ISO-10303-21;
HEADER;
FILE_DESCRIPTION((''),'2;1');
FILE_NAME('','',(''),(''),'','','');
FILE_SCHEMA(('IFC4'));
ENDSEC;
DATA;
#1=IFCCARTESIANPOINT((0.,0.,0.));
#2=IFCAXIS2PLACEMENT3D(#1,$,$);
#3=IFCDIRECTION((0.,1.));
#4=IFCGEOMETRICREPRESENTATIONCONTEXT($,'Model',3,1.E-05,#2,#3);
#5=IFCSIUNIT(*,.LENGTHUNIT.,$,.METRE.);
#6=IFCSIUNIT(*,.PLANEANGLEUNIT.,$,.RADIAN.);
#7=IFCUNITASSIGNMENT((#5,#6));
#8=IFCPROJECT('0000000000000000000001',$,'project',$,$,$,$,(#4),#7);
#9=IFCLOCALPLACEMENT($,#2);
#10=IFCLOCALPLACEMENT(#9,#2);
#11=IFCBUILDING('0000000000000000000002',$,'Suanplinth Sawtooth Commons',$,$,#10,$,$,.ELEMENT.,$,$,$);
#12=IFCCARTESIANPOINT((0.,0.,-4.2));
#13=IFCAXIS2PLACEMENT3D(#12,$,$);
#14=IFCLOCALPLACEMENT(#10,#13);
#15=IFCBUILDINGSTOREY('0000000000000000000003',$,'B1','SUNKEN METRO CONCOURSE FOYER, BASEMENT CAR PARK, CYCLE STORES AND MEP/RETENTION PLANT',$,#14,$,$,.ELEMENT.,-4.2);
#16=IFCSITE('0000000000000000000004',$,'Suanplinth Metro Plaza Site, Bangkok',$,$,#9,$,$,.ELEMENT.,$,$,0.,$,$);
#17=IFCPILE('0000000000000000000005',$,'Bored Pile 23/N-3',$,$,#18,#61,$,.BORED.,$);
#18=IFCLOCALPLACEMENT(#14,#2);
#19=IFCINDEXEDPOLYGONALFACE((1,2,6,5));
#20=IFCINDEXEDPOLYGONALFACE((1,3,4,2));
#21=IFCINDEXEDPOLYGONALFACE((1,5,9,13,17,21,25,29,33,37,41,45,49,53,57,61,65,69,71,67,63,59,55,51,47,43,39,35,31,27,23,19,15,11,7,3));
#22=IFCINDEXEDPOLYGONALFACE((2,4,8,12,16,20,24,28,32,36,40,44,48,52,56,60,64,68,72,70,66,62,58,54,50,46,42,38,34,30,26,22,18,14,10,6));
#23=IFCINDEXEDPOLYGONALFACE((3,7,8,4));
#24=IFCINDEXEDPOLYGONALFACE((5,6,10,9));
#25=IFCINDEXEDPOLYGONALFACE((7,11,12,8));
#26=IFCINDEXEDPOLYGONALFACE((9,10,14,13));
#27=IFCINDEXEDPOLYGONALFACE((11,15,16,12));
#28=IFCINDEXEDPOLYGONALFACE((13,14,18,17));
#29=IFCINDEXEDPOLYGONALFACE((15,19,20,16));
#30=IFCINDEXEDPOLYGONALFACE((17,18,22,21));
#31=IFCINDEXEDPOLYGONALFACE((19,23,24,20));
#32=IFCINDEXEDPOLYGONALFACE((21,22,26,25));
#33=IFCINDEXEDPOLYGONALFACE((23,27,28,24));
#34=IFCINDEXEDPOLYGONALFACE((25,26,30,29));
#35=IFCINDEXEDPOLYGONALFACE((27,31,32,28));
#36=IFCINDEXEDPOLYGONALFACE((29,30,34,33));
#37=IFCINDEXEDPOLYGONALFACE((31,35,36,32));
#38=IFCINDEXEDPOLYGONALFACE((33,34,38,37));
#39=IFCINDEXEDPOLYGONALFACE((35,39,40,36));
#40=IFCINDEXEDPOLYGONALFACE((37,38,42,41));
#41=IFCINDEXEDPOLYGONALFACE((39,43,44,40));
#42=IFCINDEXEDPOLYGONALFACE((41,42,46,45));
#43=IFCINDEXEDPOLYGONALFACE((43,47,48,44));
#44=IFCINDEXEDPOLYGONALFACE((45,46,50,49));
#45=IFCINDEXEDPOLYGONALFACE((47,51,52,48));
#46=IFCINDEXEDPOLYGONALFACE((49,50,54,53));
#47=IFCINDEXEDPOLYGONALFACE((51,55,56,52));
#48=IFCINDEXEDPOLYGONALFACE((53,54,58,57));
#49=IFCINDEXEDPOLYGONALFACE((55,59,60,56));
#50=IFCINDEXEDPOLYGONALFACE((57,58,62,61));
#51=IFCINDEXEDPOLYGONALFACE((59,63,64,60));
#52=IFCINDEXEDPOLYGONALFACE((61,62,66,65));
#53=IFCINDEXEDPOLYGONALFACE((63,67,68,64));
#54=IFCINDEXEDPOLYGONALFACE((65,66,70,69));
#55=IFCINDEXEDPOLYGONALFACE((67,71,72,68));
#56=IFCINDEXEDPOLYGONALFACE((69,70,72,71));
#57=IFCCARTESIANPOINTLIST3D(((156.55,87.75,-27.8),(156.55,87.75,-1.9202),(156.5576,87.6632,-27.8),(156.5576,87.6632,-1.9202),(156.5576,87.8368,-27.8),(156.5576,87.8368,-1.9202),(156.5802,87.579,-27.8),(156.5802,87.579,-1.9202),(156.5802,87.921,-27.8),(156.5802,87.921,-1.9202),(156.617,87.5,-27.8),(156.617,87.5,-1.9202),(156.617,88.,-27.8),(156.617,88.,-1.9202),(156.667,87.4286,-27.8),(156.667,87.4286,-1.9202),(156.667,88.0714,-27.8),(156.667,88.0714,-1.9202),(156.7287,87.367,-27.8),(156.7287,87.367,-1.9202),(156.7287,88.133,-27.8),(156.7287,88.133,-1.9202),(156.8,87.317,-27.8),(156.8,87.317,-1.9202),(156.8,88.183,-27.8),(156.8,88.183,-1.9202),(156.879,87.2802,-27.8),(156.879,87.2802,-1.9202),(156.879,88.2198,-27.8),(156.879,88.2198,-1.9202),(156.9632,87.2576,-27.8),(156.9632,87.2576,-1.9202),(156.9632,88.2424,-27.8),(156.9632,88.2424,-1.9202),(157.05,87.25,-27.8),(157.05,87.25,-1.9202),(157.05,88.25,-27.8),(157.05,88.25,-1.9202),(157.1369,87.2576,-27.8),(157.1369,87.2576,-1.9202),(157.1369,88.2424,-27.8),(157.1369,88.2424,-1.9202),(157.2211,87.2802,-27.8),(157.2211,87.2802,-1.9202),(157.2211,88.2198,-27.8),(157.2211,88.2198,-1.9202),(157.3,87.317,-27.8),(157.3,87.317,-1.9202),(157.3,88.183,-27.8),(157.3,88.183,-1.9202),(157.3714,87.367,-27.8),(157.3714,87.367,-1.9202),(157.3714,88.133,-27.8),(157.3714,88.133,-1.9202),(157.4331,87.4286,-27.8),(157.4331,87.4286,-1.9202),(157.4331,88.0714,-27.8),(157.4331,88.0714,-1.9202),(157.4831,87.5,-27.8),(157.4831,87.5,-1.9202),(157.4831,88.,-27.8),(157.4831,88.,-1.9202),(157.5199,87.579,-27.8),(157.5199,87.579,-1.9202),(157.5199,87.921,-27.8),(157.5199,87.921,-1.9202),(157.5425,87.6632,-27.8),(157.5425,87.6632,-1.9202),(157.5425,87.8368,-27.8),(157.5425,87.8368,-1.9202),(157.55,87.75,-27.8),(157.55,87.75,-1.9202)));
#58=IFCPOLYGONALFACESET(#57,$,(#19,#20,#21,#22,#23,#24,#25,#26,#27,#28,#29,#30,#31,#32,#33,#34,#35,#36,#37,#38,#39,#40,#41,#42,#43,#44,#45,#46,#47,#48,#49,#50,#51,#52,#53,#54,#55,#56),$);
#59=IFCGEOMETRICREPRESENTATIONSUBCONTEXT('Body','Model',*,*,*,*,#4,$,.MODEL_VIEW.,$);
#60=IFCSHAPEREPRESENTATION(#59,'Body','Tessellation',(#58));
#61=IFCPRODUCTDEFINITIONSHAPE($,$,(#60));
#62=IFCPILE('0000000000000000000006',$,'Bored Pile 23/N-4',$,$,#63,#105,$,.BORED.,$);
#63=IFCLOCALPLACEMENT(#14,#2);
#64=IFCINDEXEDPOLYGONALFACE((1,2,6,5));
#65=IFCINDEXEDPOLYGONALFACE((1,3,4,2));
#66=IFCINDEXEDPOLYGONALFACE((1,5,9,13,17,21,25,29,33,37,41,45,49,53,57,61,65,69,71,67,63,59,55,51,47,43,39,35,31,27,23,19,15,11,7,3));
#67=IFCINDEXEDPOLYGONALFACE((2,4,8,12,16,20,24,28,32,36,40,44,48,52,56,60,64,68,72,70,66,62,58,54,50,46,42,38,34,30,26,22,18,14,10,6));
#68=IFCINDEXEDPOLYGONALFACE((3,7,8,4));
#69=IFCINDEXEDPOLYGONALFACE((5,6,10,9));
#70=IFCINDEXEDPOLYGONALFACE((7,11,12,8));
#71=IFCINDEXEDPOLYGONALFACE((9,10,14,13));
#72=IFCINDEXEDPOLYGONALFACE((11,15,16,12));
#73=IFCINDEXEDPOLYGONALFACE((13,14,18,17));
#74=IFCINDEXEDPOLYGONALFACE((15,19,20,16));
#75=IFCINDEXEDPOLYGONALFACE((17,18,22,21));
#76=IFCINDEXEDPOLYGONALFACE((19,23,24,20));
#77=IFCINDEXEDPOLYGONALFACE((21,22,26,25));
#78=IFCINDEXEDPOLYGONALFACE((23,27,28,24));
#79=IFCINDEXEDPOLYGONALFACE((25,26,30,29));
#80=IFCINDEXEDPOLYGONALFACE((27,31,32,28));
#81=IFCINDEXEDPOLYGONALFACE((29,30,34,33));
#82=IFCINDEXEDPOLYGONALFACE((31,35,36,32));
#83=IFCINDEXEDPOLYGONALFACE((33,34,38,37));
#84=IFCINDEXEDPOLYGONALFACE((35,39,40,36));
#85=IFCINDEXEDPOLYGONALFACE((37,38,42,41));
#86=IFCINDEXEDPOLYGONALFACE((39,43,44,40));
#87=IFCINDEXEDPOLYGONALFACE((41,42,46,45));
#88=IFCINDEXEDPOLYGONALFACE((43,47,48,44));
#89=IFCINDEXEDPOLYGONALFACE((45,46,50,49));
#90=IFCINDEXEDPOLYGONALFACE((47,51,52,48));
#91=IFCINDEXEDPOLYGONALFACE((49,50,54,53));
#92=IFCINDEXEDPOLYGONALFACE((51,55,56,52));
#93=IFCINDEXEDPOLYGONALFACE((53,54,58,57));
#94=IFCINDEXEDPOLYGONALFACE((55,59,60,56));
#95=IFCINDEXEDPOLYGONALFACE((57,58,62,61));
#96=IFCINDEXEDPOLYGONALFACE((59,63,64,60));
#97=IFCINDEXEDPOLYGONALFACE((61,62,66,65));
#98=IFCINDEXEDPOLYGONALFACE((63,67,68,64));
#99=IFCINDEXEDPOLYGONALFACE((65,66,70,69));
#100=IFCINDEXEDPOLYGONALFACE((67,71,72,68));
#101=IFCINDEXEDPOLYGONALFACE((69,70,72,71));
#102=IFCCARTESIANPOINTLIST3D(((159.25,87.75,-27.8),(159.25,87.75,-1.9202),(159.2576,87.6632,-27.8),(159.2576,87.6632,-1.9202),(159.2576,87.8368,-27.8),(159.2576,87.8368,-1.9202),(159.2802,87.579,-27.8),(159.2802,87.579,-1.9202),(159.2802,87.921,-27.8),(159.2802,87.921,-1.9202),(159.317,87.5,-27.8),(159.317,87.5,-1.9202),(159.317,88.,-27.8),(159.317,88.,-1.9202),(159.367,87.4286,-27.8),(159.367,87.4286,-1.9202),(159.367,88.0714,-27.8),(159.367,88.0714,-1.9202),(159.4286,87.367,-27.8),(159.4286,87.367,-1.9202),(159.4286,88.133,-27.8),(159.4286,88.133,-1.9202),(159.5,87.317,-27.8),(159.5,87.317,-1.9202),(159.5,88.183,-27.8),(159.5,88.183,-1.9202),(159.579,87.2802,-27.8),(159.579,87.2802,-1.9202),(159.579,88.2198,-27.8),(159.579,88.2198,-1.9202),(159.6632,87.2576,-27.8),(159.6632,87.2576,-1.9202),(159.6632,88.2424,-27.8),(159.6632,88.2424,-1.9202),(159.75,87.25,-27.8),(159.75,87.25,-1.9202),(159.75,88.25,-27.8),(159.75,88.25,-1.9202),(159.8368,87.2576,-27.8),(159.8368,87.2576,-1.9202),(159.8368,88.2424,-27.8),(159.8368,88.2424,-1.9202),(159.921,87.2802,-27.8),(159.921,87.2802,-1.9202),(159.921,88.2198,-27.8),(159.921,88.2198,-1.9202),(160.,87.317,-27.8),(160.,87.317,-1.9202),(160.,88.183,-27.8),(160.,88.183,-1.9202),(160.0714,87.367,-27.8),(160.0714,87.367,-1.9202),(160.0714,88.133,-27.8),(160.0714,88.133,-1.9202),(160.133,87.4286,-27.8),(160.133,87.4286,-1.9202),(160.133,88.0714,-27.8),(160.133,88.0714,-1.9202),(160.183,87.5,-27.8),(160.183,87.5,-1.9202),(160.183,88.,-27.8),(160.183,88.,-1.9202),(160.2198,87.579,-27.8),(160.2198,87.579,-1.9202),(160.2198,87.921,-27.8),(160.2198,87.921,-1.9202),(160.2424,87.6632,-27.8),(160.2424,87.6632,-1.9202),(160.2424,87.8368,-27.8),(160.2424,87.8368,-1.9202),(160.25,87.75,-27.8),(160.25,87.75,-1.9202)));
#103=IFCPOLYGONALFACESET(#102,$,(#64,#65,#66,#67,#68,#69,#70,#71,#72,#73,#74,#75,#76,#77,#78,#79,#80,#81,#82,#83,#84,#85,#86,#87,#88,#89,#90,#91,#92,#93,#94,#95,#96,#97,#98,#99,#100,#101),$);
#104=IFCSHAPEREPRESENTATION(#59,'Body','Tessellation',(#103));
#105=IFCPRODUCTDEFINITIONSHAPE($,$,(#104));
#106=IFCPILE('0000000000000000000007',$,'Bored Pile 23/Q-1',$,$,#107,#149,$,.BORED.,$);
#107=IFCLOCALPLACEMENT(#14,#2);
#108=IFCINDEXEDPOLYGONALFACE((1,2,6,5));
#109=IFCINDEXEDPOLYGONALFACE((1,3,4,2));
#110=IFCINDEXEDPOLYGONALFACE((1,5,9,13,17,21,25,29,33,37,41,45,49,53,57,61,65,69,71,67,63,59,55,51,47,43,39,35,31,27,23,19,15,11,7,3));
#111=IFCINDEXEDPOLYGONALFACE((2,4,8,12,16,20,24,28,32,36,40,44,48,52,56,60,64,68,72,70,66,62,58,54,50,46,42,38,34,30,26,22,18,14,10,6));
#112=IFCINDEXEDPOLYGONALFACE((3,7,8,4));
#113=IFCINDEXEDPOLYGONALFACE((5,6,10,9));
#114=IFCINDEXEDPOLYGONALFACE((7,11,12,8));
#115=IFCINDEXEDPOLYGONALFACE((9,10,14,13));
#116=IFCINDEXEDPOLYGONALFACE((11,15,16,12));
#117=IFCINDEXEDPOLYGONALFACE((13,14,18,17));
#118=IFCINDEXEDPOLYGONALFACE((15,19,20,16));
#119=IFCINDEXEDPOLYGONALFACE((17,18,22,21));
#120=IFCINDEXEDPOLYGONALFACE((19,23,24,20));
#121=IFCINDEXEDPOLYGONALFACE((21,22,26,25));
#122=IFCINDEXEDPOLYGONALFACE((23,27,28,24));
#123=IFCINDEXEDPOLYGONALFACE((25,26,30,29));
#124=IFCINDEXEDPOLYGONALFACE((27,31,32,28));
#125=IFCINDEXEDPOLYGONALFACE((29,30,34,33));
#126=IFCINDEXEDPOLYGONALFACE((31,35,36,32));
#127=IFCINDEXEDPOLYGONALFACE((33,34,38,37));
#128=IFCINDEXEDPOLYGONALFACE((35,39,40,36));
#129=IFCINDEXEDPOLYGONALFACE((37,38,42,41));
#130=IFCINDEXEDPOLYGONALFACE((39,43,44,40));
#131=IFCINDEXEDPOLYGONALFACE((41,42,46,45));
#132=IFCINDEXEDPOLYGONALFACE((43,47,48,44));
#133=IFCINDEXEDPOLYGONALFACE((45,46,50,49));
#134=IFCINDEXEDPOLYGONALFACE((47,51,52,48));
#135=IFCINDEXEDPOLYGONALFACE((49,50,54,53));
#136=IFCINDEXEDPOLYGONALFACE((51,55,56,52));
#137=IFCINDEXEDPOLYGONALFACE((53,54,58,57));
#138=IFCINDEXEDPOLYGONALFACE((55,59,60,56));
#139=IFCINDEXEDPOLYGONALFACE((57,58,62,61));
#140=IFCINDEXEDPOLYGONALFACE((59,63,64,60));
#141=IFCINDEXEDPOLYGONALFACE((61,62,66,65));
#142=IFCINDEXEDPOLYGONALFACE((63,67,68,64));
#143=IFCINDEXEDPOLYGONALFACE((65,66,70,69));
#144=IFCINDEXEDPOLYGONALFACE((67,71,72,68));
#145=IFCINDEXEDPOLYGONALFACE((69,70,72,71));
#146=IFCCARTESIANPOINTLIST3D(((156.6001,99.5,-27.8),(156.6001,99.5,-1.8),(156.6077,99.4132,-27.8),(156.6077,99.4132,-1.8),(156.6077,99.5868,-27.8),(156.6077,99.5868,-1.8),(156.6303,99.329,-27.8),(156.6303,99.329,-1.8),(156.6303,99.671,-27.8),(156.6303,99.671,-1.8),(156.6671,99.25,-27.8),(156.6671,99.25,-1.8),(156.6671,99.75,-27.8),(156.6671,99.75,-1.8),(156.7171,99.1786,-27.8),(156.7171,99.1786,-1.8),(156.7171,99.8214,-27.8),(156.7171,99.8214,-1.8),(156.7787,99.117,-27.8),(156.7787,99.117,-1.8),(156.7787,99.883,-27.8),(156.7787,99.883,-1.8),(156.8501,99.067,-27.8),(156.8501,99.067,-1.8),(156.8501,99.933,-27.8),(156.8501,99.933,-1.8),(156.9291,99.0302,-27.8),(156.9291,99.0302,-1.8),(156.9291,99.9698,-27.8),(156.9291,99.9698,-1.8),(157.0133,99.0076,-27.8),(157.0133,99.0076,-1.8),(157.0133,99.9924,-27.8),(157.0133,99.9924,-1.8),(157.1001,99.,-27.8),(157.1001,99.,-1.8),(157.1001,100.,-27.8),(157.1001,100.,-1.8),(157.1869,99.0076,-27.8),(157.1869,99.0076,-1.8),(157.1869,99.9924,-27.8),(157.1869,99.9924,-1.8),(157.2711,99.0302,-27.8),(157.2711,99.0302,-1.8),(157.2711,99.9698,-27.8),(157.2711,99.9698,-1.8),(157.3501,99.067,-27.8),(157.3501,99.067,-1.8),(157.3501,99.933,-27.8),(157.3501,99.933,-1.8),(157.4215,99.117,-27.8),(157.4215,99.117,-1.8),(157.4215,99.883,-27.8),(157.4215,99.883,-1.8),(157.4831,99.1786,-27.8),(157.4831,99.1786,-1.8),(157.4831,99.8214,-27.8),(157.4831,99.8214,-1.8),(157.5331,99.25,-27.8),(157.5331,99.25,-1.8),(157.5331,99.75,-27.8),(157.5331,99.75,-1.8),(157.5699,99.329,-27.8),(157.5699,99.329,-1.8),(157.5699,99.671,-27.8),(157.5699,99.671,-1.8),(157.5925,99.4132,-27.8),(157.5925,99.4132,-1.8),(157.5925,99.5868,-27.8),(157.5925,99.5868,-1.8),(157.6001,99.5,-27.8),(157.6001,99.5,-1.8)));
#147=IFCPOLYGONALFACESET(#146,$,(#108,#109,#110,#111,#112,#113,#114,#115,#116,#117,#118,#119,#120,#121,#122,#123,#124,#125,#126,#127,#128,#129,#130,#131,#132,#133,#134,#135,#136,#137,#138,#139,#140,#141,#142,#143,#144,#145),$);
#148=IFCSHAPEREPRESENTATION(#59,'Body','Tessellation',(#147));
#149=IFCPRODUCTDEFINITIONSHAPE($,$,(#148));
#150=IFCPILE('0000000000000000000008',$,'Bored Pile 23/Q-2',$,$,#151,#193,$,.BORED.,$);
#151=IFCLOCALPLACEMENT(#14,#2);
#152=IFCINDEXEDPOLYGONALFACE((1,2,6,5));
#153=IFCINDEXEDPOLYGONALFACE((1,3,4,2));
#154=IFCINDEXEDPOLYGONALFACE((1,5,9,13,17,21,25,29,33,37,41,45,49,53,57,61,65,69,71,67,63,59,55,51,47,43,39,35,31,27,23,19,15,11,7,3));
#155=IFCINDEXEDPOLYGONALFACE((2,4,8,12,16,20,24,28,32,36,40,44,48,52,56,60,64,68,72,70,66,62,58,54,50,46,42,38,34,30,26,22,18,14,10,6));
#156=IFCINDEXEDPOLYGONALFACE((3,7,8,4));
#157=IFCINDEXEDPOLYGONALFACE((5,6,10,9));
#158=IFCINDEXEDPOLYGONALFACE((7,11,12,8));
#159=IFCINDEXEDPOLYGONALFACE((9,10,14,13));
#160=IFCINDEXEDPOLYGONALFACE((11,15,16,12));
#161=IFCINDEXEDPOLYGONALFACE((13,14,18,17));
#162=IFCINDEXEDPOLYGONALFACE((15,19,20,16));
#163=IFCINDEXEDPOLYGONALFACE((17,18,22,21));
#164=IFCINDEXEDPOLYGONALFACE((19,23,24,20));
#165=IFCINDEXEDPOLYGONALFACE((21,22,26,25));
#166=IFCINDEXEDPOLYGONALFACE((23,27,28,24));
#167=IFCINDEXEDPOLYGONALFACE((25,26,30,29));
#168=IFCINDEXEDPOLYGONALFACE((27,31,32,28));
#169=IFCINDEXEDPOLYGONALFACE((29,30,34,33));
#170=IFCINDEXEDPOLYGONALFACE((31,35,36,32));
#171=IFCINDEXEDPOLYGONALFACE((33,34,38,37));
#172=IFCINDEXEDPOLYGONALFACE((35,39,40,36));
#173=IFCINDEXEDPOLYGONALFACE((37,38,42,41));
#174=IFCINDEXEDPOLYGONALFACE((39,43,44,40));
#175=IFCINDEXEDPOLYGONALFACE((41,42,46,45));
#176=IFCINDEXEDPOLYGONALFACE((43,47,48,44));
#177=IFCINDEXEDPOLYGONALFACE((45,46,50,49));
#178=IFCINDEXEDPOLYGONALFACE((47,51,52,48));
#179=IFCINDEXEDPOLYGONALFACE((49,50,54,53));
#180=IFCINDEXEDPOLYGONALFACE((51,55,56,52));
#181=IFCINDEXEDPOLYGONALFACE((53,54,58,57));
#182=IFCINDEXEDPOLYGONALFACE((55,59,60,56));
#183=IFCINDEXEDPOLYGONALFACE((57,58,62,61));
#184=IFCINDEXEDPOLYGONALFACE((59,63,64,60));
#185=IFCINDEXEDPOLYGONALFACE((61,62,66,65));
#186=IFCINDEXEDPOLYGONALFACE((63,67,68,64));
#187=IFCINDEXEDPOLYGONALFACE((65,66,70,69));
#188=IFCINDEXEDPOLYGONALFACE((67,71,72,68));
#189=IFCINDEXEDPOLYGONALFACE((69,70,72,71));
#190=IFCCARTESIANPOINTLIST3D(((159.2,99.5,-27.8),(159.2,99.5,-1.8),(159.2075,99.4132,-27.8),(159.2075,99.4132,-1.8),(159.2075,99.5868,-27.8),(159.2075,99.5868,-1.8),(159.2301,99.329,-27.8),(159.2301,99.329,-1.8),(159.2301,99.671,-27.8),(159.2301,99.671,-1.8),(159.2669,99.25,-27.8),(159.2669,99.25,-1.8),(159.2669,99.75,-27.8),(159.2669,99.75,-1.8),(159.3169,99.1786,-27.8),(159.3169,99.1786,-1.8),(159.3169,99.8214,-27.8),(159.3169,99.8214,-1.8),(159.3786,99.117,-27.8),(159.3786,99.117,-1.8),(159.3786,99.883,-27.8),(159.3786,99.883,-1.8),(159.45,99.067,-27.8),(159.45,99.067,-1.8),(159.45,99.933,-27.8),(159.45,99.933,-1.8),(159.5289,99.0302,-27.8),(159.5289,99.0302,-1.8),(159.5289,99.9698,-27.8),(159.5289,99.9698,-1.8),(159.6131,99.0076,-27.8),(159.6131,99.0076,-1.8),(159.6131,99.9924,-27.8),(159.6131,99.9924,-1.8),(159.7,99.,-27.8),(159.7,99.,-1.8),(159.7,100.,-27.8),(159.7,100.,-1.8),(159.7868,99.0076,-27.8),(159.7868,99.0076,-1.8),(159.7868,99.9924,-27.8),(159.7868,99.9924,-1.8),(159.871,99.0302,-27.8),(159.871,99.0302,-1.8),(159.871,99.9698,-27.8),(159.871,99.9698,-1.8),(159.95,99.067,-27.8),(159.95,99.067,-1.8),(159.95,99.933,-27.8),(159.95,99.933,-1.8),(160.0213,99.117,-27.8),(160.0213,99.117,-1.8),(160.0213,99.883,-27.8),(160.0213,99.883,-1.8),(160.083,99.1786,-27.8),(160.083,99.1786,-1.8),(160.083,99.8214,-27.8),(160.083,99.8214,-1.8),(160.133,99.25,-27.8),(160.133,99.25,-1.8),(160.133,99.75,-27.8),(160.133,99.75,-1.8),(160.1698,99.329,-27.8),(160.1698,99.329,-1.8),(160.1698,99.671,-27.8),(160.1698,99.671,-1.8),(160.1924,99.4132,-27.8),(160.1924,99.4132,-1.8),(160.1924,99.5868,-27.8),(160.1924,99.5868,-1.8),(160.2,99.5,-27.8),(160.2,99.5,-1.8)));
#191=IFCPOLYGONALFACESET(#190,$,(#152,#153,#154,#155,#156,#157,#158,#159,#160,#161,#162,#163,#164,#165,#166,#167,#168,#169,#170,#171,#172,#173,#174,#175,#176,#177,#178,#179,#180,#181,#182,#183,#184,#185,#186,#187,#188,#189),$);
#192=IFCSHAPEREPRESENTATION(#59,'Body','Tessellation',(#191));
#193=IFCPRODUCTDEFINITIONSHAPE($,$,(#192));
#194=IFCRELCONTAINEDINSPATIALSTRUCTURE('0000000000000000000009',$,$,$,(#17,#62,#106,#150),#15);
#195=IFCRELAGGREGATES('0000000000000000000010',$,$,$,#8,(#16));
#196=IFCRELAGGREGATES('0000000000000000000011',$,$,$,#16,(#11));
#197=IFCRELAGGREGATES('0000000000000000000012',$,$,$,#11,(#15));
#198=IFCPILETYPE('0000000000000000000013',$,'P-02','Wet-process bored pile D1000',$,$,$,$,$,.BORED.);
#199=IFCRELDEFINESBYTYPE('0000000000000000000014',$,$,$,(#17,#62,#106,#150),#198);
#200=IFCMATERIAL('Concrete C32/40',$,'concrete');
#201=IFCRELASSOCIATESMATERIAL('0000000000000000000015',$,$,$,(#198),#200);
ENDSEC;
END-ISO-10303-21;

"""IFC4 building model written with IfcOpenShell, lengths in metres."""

from ifc_helpers import new_model, si_unit, direction, frame, origin, origin_2d, place, context, subcontext, project, spatial, circle, extrude, material, material_profile, profile_set, type_object, element, save


model = new_model("IFC4")

# Units and contexts
model_context = context("Model", 3, precision=1e-05, world=origin(), true_north=direction((0.0, 1.0)))
body_context = subcontext(model_context, "Body", "Model", "MODEL_VIEW")
ifc_project = project(units=[si_unit("LENGTHUNIT", "METRE"), si_unit("PLANEANGLEUNIT", "RADIAN")], contexts=[model_context])

# Site, building, storey
site_placement = place(None, origin())
site = spatial("IfcSite", under=ifc_project, at=site_placement, Name="Suanplinth Metro Plaza Site, Bangkok", CompositionType="ELEMENT", RefElevation=0.0)
building_placement = place(site_placement, origin())
building = spatial("IfcBuilding", under=site, at=building_placement, Name="Suanplinth Sawtooth Commons", CompositionType="ELEMENT")
storey_placement = place(building_placement, frame((0.0, 0.0, -4.2)))
storey = spatial("IfcBuildingStorey", under=building, at=storey_placement, Name="B1", Description="SUNKEN METRO CONCOURSE FOYER, BASEMENT CAR PARK, CYCLE STORES AND MEP/RETENTION PLANT", CompositionType="ELEMENT", Elevation=-4.2)

# Piles
ifc_material_1 = material(Name="Concrete C32/40", Category="concrete")
ifc_material_profile_1 = material_profile(ifc_material_1, circle(Radius=0.5, at=origin_2d()), Name="PILE D1000")
ifc_profile_set_1 = profile_set([ifc_material_profile_1], Name="Concrete C32/40")
pile_type = type_object("IfcPileType", Name="P-02", Description="Wet-process bored pile D1000", PredefinedType="BORED", material=ifc_profile_set_1)
for number, where, z_axis, x_axis, name in (
    (1, (157.05, 87.75, -1.9202), (0.0, 0.0, -1.0), (1.0, 0.0, 0.0), "Bored Pile 23/N-3"),
    (2, (159.75, 87.75, -1.9202), (0.0, 0.0, -1.0), (1.0, 0.0, 0.0), "Bored Pile 23/N-4"),
):
    element("IfcPile", number, at=place(storey_placement, frame(where, z_axis=z_axis, x_axis=x_axis)), inside=storey, type_object=pile_type, Name=name, PredefinedType="BORED", context=body_context, shape_type="SweptSolid", body=[
        extrude(circle(Radius=0.5, at=origin_2d()), origin(), (0.0, 0.0, 1.0), 25.8799),
    ])
for number, where, z_axis, x_axis, name in (
    (3, (157.1001, 99.5, -1.8), (0.0, 0.0, -1.0), (1.0, 0.0, 0.0), "Bored Pile 23/Q-1"),
    (4, (159.7, 99.5, -1.8), (0.0, 0.0, -1.0), (1.0, 0.0, 0.0), "Bored Pile 23/Q-2"),
):
    element("IfcPile", number, at=place(storey_placement, frame(where, z_axis=z_axis, x_axis=x_axis)), inside=storey, type_object=pile_type, Name=name, PredefinedType="BORED", context=body_context, shape_type="SweptSolid", body=[
        extrude(circle(Radius=0.5, at=origin_2d()), origin(), (0.0, 0.0, 1.0), 26.0),
    ])

save(model, "model.ifc")
